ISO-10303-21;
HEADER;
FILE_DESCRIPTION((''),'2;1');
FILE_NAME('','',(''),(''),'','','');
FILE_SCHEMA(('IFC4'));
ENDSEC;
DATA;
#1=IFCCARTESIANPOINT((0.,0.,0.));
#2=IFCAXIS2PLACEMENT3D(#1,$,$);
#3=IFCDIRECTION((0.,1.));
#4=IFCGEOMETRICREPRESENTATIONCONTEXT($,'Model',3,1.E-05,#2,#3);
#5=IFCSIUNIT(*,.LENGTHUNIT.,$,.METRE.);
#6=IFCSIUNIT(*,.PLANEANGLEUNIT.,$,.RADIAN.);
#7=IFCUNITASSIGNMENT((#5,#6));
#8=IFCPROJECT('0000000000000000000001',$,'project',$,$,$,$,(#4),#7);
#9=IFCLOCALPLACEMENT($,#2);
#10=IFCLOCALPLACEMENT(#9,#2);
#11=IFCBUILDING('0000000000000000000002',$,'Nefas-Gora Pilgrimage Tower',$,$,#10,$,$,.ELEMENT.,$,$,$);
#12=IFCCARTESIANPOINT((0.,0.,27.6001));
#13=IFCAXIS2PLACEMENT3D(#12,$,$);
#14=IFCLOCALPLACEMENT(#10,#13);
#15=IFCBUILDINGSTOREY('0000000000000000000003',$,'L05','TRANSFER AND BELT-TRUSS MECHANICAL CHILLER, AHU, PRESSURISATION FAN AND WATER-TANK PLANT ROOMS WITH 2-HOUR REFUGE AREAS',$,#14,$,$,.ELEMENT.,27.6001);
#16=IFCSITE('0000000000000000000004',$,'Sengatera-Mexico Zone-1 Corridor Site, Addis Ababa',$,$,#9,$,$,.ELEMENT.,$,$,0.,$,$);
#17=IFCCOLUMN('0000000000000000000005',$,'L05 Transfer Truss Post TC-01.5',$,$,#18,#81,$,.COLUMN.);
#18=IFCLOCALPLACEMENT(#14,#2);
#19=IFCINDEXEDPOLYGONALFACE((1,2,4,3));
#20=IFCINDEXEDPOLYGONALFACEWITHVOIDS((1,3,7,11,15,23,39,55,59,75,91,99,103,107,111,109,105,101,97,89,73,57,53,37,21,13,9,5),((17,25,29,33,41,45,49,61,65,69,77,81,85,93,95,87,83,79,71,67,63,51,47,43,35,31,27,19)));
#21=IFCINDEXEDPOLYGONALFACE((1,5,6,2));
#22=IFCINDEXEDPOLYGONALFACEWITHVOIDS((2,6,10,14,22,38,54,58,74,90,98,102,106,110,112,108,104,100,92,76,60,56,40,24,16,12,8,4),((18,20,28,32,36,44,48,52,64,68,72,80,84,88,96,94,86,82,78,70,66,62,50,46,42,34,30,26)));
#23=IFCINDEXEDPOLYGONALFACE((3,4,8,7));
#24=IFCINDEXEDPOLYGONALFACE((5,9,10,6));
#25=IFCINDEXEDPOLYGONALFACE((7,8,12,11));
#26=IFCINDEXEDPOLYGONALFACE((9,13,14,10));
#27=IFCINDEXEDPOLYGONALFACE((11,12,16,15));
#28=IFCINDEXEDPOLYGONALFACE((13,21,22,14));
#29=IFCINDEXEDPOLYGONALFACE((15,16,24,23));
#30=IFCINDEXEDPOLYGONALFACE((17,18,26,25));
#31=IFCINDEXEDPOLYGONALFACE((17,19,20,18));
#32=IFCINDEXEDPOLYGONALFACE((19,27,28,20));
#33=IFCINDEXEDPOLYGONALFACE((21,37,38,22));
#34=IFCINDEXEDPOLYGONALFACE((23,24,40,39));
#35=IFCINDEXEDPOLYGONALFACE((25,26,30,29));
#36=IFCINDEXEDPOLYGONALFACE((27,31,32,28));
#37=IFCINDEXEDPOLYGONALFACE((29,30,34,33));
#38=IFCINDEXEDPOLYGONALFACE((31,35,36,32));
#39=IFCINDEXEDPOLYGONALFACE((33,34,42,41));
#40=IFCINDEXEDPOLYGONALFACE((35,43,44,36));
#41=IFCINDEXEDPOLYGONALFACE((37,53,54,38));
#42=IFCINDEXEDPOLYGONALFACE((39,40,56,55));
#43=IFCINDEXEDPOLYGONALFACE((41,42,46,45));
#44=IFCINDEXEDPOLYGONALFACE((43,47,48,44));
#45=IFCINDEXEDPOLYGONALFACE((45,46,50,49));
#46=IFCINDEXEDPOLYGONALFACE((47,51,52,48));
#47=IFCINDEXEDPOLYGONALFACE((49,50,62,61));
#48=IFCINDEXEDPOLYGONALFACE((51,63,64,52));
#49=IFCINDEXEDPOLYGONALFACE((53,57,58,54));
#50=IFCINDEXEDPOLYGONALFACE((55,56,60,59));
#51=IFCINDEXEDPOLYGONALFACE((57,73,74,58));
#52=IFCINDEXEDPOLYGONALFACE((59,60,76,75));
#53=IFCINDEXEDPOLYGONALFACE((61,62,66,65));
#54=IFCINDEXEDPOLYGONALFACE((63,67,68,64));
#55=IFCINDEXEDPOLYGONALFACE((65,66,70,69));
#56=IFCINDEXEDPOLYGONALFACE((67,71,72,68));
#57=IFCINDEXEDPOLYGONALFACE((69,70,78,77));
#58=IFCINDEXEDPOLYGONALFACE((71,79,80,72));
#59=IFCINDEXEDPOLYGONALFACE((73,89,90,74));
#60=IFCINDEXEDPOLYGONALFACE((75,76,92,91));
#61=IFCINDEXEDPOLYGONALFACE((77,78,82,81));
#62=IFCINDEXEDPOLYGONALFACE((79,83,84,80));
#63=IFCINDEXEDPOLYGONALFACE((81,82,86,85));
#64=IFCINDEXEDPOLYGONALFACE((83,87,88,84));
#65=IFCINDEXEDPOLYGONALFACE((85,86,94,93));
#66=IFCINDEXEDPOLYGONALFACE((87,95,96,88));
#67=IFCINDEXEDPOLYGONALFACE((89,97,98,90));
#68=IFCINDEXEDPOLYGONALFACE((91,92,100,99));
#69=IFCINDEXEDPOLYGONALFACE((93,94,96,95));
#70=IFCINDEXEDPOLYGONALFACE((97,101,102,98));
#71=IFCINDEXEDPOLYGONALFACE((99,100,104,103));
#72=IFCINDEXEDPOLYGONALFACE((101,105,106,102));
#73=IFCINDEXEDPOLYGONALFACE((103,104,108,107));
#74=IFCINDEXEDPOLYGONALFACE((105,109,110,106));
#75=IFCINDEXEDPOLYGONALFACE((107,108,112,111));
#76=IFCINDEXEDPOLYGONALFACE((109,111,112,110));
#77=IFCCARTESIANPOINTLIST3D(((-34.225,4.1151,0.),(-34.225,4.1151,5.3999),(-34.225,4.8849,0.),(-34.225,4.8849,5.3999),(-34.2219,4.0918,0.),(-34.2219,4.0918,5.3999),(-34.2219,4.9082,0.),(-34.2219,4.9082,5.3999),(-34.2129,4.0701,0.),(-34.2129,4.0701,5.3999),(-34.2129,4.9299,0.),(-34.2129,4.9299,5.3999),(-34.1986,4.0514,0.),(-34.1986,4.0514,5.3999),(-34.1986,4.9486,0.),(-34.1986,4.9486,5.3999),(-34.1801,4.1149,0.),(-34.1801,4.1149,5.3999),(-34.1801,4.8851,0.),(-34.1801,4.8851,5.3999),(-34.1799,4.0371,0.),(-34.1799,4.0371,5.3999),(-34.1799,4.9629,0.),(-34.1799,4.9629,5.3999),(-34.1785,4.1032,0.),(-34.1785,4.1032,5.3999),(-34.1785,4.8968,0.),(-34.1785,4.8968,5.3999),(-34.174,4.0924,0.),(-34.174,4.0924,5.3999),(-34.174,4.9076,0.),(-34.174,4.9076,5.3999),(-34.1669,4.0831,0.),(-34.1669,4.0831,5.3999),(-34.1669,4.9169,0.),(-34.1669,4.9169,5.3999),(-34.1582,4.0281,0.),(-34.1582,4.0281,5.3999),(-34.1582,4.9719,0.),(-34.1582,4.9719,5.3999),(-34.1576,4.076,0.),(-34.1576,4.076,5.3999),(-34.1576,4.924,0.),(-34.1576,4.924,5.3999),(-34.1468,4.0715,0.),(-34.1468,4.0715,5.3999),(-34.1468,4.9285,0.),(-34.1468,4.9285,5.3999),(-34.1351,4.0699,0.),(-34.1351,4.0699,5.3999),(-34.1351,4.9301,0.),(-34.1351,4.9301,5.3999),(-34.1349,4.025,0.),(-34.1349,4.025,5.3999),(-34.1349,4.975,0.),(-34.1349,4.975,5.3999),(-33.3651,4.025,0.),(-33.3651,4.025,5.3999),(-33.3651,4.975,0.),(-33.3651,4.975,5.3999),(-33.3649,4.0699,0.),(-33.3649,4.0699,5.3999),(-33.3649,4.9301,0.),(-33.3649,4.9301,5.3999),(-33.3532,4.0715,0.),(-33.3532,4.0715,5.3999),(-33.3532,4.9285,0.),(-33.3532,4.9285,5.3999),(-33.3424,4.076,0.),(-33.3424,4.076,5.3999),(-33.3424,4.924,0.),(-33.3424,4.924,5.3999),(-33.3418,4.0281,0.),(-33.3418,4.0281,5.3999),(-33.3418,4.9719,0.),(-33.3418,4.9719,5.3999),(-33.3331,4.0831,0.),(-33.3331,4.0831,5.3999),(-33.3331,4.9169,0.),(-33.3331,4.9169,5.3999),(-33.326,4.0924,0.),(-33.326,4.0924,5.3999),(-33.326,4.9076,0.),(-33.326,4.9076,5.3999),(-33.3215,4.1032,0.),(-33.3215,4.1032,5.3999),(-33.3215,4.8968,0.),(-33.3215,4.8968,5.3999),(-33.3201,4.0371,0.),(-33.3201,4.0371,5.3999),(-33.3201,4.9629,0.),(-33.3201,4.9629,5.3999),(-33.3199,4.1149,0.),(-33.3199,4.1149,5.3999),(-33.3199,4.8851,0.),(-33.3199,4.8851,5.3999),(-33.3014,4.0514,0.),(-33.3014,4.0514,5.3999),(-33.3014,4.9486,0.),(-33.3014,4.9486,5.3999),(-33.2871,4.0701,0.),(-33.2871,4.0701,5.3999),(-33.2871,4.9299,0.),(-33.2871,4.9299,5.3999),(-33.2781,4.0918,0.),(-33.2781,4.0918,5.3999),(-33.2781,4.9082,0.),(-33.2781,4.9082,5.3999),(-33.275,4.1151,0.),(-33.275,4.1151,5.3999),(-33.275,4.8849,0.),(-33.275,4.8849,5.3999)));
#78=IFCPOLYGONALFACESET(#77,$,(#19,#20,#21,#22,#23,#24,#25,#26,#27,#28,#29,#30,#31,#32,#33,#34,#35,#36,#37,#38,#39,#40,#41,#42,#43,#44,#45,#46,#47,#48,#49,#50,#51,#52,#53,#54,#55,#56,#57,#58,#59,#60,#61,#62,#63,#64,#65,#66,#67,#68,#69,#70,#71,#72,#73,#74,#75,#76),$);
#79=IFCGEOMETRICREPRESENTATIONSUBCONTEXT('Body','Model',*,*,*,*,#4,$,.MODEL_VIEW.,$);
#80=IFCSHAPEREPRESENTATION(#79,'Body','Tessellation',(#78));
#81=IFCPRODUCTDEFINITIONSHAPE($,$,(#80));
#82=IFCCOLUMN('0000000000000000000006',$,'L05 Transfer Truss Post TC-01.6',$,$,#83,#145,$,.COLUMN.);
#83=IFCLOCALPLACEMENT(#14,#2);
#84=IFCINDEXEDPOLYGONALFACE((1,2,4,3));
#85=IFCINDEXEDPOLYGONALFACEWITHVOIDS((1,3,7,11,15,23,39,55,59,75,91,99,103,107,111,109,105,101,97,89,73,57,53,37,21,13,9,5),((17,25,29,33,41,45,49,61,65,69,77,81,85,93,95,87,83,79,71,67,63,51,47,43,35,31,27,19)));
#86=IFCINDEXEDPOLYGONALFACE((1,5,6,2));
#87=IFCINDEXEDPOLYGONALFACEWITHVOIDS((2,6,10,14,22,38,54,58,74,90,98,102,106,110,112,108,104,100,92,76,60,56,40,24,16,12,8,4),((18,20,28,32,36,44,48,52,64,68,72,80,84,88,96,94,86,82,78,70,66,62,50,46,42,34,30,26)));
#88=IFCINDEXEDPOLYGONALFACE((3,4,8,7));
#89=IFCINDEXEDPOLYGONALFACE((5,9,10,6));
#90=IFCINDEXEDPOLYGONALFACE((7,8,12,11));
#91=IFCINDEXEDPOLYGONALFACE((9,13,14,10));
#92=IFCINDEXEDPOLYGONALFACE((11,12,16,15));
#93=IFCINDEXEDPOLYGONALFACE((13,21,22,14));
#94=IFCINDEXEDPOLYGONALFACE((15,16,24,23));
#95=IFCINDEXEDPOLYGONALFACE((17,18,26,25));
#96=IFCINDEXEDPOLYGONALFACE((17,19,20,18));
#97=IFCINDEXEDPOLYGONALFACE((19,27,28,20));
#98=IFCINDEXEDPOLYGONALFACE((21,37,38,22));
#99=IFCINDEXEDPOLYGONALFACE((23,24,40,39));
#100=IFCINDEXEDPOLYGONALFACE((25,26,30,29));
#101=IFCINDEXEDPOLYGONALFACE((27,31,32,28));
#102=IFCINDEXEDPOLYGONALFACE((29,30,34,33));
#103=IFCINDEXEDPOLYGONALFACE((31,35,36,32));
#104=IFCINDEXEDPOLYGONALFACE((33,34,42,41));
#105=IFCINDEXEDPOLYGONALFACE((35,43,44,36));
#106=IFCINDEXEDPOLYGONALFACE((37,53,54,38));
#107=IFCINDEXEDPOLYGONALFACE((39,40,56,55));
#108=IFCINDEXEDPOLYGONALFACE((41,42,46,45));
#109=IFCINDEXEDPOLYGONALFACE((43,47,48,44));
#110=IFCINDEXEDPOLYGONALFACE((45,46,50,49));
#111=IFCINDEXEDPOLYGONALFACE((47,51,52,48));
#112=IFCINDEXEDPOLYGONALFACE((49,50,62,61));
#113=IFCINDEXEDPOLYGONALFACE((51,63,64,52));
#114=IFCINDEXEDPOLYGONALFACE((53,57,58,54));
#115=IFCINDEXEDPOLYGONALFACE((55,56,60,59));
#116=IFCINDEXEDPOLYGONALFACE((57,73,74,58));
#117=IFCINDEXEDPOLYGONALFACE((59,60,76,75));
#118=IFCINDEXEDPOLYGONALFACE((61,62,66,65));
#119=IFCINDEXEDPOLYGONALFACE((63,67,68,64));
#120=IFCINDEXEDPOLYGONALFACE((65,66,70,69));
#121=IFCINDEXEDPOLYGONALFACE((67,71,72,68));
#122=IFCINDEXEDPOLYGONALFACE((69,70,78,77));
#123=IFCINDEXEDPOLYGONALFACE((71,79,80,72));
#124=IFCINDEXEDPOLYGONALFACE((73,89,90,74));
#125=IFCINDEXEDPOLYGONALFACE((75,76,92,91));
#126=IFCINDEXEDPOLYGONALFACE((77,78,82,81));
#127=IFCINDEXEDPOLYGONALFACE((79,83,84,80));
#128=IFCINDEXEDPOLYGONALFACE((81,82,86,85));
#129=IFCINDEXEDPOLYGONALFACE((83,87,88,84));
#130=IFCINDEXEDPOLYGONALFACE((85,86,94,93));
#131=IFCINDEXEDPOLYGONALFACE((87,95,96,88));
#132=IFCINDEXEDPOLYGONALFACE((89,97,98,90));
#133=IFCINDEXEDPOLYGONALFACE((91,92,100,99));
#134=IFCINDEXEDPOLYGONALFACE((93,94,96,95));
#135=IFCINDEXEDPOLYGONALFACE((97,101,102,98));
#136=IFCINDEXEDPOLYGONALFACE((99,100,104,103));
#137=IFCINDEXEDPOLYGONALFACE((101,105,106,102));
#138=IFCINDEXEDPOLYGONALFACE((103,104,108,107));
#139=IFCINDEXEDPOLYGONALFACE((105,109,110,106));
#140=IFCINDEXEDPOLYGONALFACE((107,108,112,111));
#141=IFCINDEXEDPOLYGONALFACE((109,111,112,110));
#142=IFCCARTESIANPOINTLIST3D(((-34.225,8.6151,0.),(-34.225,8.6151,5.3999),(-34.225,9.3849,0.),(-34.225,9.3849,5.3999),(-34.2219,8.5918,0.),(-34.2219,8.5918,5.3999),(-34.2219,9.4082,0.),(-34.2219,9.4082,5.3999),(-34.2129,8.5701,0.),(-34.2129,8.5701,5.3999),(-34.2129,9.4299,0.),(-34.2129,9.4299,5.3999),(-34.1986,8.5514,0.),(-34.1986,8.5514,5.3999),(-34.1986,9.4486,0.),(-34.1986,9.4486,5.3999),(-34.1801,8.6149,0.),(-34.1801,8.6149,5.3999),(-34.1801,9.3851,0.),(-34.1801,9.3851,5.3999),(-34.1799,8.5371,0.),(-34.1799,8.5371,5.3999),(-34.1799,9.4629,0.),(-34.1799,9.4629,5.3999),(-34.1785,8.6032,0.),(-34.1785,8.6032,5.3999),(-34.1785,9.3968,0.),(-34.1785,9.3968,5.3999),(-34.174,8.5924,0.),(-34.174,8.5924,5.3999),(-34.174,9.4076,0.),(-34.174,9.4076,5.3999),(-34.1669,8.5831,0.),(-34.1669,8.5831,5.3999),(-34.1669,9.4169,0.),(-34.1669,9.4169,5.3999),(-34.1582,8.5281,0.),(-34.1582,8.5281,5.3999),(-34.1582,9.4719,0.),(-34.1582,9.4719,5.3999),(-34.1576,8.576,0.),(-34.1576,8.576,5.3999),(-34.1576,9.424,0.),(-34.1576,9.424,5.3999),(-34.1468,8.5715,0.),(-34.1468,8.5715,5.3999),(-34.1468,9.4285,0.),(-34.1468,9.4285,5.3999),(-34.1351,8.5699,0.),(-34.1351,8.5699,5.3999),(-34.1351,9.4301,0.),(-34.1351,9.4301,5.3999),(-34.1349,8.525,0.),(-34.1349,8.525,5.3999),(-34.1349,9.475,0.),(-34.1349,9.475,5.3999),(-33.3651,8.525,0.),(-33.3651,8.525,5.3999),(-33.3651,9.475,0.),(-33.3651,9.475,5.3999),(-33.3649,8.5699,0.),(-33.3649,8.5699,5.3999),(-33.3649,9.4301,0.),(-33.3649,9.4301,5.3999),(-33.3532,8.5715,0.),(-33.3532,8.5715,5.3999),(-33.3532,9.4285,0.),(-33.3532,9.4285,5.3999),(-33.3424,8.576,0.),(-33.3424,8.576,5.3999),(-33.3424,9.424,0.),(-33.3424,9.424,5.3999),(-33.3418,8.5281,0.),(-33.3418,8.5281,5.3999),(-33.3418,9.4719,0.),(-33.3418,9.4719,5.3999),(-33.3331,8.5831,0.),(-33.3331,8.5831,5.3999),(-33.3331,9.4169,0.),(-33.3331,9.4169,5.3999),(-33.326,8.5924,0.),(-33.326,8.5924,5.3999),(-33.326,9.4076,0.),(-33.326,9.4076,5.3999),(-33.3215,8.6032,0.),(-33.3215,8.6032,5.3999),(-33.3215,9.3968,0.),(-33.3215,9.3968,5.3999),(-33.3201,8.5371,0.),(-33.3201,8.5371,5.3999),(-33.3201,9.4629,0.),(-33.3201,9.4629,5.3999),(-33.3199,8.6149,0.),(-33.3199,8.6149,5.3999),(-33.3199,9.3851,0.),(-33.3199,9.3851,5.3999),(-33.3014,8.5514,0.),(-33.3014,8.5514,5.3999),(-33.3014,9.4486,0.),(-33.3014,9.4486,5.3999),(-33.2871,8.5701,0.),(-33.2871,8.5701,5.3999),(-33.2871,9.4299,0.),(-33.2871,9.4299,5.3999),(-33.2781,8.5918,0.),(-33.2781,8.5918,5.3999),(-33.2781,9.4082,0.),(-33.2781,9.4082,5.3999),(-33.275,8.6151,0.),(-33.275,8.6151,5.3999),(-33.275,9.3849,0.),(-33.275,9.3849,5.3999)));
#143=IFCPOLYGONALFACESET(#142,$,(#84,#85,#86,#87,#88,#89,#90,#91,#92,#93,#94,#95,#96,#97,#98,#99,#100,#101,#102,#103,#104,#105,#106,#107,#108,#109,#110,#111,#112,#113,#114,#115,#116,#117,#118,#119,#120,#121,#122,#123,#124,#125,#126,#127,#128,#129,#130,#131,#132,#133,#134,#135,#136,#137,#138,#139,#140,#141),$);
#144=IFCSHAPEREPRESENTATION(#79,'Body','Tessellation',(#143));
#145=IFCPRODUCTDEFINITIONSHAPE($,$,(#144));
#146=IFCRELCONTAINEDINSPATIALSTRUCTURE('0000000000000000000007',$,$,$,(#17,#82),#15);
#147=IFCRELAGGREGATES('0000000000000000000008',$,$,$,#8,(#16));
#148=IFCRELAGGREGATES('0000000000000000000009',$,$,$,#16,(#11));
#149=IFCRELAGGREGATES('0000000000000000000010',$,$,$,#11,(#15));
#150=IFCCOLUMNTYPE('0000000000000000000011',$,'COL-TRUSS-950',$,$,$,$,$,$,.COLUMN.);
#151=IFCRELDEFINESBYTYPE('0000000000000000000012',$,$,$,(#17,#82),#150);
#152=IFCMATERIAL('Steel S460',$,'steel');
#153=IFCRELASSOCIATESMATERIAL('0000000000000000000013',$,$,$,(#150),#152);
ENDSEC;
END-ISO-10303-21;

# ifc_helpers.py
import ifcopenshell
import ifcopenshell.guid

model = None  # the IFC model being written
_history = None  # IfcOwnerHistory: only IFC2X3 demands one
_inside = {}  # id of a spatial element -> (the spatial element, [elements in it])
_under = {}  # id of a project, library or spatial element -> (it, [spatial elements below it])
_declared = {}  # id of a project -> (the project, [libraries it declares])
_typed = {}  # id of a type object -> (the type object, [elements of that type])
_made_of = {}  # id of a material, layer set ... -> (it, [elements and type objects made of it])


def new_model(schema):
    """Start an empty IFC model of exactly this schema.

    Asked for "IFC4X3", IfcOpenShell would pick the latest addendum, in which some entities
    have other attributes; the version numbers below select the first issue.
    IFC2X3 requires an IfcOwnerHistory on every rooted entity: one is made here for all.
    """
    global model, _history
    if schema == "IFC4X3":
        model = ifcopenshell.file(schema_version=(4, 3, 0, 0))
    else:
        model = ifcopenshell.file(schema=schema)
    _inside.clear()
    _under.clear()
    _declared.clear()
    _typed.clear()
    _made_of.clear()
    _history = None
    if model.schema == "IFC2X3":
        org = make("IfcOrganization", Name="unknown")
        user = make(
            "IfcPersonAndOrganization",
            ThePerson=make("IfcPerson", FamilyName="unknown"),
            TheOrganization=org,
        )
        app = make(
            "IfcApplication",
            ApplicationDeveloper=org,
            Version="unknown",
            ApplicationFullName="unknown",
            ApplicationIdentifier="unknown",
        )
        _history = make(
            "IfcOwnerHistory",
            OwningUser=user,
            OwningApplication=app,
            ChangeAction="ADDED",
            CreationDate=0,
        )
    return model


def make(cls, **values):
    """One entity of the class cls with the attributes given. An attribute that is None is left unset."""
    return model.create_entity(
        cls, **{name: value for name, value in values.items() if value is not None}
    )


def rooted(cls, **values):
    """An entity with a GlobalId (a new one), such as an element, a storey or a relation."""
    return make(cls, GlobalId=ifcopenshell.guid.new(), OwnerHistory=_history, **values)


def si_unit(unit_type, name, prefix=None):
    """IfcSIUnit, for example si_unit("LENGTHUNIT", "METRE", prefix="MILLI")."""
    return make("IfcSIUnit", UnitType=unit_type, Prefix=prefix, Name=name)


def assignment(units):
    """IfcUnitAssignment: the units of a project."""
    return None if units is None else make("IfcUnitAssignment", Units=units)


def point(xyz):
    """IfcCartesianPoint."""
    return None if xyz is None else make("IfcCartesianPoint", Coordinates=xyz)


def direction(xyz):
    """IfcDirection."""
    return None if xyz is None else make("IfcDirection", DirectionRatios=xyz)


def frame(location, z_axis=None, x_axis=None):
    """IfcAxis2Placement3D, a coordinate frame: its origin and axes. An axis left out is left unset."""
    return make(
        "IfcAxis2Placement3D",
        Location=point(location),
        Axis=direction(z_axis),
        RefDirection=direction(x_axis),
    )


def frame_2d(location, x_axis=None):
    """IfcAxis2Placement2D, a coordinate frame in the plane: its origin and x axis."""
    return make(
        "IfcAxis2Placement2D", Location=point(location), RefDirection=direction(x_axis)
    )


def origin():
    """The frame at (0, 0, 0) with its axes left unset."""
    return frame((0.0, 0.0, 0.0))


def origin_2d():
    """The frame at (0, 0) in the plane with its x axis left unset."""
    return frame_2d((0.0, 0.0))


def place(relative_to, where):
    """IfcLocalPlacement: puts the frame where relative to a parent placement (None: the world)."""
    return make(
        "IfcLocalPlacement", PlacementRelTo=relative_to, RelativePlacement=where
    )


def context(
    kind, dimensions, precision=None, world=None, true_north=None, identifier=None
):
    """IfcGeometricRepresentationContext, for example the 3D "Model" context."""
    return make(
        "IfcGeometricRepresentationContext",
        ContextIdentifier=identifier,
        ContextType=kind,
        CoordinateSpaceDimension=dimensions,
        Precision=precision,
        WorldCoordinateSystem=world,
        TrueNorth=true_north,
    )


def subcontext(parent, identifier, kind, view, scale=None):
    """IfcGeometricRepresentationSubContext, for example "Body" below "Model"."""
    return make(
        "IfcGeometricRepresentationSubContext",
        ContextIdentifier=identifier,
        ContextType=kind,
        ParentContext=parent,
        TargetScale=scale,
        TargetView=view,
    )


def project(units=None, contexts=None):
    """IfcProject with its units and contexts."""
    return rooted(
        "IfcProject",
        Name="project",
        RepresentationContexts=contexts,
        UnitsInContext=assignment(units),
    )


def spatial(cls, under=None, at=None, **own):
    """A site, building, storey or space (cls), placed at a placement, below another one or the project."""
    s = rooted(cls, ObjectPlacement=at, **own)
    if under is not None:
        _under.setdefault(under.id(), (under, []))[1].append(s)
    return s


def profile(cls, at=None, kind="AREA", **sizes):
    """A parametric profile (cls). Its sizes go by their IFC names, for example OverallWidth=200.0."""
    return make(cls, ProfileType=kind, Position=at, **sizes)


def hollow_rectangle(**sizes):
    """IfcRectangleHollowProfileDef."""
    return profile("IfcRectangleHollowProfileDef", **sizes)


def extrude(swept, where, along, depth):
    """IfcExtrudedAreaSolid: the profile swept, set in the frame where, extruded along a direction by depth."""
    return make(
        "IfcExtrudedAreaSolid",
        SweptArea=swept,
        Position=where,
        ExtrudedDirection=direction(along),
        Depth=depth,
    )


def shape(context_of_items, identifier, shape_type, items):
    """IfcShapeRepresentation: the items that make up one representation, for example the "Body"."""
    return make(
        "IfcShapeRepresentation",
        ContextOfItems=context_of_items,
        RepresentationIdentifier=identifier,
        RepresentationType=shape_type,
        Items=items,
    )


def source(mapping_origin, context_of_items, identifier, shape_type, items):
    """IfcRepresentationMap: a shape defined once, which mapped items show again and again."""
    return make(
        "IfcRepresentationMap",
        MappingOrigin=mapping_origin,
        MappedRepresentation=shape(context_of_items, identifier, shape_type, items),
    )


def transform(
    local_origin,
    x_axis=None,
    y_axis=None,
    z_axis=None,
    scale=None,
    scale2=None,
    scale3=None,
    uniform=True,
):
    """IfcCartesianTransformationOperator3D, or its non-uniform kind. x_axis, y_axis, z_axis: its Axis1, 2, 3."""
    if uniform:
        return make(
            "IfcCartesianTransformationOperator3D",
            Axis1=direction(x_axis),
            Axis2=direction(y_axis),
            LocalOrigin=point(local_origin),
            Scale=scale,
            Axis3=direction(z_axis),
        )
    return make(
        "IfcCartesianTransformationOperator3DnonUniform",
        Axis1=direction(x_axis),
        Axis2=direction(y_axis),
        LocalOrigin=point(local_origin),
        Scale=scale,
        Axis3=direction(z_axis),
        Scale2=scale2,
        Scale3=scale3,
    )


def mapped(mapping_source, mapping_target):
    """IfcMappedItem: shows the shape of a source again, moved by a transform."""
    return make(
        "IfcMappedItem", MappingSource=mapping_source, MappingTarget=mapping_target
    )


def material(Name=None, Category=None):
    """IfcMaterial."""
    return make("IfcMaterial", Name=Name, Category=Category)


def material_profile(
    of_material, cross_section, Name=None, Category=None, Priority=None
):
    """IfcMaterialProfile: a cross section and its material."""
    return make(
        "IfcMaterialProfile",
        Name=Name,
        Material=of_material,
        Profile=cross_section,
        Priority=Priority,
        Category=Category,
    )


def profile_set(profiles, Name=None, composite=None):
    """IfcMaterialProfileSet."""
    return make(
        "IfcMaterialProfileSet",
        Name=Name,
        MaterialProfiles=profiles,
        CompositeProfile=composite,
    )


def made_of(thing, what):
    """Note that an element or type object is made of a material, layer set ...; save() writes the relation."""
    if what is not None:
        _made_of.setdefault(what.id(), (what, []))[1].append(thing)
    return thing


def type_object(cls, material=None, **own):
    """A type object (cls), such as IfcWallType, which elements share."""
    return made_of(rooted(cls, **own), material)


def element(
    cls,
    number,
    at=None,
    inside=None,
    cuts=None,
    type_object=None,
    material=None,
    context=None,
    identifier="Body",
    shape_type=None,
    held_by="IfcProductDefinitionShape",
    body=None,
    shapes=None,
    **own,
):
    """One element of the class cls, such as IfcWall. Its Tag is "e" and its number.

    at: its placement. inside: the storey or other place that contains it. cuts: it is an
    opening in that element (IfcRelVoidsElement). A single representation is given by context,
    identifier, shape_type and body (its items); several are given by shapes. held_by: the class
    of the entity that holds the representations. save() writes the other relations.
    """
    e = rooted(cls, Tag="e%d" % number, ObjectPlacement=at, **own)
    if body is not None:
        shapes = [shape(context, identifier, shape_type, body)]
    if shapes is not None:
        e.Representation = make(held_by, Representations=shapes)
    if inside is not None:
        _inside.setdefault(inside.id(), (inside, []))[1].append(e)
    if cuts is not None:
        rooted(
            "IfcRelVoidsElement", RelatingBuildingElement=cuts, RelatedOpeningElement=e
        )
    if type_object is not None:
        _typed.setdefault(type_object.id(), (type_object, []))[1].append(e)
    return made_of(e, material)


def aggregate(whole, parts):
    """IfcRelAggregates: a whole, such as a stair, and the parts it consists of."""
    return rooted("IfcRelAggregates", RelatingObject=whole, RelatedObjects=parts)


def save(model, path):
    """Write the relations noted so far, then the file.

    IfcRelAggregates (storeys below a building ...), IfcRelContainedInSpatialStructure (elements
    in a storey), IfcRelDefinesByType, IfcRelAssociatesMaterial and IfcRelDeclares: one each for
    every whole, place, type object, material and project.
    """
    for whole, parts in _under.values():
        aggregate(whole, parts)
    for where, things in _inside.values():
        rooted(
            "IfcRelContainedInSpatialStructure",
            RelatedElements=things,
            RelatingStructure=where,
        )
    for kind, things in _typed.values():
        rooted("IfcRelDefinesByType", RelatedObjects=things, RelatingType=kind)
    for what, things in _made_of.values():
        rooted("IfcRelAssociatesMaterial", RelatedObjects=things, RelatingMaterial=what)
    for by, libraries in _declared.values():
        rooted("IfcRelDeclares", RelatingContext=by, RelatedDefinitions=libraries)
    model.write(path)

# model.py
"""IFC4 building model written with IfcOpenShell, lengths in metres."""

from ifc_helpers import new_model, si_unit, direction, frame, origin, origin_2d, place, context, subcontext, project, spatial, hollow_rectangle, extrude, source, transform, mapped, material, material_profile, profile_set, type_object, element, save


model = new_model("IFC4")

# Units and contexts
model_context = context("Model", 3, precision=1e-05, world=origin(), true_north=direction((0.0, 1.0)))
body_context = subcontext(model_context, "Body", "Model", "MODEL_VIEW")
ifc_project = project(units=[si_unit("LENGTHUNIT", "METRE"), si_unit("PLANEANGLEUNIT", "RADIAN")], contexts=[model_context])

# Site, building, storey
site_placement = place(None, origin())
site = spatial("IfcSite", under=ifc_project, at=site_placement, Name="Sengatera-Mexico Zone-1 Corridor Site, Addis Ababa", CompositionType="ELEMENT", RefElevation=0.0)
building_placement = place(site_placement, origin())
building = spatial("IfcBuilding", under=site, at=building_placement, Name="Nefas-Gora Pilgrimage Tower", CompositionType="ELEMENT")
storey_placement = place(building_placement, frame((0.0, 0.0, 27.6001)))
storey = spatial("IfcBuildingStorey", under=building, at=storey_placement, Name="L05", Description="TRANSFER AND BELT-TRUSS MECHANICAL CHILLER, AHU, PRESSURISATION FAN AND WATER-TANK PLANT ROOMS WITH 2-HOUR REFUGE AREAS", CompositionType="ELEMENT", Elevation=27.6001)

# Columns
ifc_material_1 = material(Name="Steel S460", Category="steel")
ifc_material_profile_1 = material_profile(ifc_material_1, hollow_rectangle(XDim=0.95, YDim=0.95, WallThickness=0.0449, InnerFilletRadius=0.0449, OuterFilletRadius=0.0901, at=origin_2d()), Name="BOX 950x950x45")
ifc_profile_set_1 = profile_set([ifc_material_profile_1], Name="Steel S460")
column_type = type_object("IfcColumnType", Name="COL-TRUSS-950", PredefinedType="COLUMN", material=ifc_profile_set_1)
shared_shape_1 = source(origin(), body_context, "Body", "SweptSolid", [
    extrude(hollow_rectangle(XDim=0.95, YDim=0.95, WallThickness=0.0449, InnerFilletRadius=0.0449, OuterFilletRadius=0.0901, at=origin_2d()), origin(), (0.0, 0.0, 1.0), 5.3999),
])
for number, where, z_axis, x_axis, name in (
    (1, (-33.75, 4.5, 0.0), (0.0, 0.0, 1.0), (1.0, 0.0, 0.0), "L05 Transfer Truss Post TC-01.5"),
    (2, (-33.75, 9.0, 0.0), (0.0, 0.0, 1.0), (1.0, 0.0, 0.0), "L05 Transfer Truss Post TC-01.6"),
):
    element("IfcColumn", number, at=place(storey_placement, frame(where, z_axis=z_axis, x_axis=x_axis)), inside=storey, type_object=column_type, Name=name, PredefinedType="COLUMN", context=body_context, shape_type="MappedRepresentation", body=[
        mapped(shared_shape_1, transform((0.0, 0.0, 0.0), x_axis=(1.0, 0.0, 0.0), y_axis=(0.0, 1.0, 0.0), z_axis=(0.0, 0.0, 1.0), scale=1.0)),
    ])

save(model, "model.ifc")
